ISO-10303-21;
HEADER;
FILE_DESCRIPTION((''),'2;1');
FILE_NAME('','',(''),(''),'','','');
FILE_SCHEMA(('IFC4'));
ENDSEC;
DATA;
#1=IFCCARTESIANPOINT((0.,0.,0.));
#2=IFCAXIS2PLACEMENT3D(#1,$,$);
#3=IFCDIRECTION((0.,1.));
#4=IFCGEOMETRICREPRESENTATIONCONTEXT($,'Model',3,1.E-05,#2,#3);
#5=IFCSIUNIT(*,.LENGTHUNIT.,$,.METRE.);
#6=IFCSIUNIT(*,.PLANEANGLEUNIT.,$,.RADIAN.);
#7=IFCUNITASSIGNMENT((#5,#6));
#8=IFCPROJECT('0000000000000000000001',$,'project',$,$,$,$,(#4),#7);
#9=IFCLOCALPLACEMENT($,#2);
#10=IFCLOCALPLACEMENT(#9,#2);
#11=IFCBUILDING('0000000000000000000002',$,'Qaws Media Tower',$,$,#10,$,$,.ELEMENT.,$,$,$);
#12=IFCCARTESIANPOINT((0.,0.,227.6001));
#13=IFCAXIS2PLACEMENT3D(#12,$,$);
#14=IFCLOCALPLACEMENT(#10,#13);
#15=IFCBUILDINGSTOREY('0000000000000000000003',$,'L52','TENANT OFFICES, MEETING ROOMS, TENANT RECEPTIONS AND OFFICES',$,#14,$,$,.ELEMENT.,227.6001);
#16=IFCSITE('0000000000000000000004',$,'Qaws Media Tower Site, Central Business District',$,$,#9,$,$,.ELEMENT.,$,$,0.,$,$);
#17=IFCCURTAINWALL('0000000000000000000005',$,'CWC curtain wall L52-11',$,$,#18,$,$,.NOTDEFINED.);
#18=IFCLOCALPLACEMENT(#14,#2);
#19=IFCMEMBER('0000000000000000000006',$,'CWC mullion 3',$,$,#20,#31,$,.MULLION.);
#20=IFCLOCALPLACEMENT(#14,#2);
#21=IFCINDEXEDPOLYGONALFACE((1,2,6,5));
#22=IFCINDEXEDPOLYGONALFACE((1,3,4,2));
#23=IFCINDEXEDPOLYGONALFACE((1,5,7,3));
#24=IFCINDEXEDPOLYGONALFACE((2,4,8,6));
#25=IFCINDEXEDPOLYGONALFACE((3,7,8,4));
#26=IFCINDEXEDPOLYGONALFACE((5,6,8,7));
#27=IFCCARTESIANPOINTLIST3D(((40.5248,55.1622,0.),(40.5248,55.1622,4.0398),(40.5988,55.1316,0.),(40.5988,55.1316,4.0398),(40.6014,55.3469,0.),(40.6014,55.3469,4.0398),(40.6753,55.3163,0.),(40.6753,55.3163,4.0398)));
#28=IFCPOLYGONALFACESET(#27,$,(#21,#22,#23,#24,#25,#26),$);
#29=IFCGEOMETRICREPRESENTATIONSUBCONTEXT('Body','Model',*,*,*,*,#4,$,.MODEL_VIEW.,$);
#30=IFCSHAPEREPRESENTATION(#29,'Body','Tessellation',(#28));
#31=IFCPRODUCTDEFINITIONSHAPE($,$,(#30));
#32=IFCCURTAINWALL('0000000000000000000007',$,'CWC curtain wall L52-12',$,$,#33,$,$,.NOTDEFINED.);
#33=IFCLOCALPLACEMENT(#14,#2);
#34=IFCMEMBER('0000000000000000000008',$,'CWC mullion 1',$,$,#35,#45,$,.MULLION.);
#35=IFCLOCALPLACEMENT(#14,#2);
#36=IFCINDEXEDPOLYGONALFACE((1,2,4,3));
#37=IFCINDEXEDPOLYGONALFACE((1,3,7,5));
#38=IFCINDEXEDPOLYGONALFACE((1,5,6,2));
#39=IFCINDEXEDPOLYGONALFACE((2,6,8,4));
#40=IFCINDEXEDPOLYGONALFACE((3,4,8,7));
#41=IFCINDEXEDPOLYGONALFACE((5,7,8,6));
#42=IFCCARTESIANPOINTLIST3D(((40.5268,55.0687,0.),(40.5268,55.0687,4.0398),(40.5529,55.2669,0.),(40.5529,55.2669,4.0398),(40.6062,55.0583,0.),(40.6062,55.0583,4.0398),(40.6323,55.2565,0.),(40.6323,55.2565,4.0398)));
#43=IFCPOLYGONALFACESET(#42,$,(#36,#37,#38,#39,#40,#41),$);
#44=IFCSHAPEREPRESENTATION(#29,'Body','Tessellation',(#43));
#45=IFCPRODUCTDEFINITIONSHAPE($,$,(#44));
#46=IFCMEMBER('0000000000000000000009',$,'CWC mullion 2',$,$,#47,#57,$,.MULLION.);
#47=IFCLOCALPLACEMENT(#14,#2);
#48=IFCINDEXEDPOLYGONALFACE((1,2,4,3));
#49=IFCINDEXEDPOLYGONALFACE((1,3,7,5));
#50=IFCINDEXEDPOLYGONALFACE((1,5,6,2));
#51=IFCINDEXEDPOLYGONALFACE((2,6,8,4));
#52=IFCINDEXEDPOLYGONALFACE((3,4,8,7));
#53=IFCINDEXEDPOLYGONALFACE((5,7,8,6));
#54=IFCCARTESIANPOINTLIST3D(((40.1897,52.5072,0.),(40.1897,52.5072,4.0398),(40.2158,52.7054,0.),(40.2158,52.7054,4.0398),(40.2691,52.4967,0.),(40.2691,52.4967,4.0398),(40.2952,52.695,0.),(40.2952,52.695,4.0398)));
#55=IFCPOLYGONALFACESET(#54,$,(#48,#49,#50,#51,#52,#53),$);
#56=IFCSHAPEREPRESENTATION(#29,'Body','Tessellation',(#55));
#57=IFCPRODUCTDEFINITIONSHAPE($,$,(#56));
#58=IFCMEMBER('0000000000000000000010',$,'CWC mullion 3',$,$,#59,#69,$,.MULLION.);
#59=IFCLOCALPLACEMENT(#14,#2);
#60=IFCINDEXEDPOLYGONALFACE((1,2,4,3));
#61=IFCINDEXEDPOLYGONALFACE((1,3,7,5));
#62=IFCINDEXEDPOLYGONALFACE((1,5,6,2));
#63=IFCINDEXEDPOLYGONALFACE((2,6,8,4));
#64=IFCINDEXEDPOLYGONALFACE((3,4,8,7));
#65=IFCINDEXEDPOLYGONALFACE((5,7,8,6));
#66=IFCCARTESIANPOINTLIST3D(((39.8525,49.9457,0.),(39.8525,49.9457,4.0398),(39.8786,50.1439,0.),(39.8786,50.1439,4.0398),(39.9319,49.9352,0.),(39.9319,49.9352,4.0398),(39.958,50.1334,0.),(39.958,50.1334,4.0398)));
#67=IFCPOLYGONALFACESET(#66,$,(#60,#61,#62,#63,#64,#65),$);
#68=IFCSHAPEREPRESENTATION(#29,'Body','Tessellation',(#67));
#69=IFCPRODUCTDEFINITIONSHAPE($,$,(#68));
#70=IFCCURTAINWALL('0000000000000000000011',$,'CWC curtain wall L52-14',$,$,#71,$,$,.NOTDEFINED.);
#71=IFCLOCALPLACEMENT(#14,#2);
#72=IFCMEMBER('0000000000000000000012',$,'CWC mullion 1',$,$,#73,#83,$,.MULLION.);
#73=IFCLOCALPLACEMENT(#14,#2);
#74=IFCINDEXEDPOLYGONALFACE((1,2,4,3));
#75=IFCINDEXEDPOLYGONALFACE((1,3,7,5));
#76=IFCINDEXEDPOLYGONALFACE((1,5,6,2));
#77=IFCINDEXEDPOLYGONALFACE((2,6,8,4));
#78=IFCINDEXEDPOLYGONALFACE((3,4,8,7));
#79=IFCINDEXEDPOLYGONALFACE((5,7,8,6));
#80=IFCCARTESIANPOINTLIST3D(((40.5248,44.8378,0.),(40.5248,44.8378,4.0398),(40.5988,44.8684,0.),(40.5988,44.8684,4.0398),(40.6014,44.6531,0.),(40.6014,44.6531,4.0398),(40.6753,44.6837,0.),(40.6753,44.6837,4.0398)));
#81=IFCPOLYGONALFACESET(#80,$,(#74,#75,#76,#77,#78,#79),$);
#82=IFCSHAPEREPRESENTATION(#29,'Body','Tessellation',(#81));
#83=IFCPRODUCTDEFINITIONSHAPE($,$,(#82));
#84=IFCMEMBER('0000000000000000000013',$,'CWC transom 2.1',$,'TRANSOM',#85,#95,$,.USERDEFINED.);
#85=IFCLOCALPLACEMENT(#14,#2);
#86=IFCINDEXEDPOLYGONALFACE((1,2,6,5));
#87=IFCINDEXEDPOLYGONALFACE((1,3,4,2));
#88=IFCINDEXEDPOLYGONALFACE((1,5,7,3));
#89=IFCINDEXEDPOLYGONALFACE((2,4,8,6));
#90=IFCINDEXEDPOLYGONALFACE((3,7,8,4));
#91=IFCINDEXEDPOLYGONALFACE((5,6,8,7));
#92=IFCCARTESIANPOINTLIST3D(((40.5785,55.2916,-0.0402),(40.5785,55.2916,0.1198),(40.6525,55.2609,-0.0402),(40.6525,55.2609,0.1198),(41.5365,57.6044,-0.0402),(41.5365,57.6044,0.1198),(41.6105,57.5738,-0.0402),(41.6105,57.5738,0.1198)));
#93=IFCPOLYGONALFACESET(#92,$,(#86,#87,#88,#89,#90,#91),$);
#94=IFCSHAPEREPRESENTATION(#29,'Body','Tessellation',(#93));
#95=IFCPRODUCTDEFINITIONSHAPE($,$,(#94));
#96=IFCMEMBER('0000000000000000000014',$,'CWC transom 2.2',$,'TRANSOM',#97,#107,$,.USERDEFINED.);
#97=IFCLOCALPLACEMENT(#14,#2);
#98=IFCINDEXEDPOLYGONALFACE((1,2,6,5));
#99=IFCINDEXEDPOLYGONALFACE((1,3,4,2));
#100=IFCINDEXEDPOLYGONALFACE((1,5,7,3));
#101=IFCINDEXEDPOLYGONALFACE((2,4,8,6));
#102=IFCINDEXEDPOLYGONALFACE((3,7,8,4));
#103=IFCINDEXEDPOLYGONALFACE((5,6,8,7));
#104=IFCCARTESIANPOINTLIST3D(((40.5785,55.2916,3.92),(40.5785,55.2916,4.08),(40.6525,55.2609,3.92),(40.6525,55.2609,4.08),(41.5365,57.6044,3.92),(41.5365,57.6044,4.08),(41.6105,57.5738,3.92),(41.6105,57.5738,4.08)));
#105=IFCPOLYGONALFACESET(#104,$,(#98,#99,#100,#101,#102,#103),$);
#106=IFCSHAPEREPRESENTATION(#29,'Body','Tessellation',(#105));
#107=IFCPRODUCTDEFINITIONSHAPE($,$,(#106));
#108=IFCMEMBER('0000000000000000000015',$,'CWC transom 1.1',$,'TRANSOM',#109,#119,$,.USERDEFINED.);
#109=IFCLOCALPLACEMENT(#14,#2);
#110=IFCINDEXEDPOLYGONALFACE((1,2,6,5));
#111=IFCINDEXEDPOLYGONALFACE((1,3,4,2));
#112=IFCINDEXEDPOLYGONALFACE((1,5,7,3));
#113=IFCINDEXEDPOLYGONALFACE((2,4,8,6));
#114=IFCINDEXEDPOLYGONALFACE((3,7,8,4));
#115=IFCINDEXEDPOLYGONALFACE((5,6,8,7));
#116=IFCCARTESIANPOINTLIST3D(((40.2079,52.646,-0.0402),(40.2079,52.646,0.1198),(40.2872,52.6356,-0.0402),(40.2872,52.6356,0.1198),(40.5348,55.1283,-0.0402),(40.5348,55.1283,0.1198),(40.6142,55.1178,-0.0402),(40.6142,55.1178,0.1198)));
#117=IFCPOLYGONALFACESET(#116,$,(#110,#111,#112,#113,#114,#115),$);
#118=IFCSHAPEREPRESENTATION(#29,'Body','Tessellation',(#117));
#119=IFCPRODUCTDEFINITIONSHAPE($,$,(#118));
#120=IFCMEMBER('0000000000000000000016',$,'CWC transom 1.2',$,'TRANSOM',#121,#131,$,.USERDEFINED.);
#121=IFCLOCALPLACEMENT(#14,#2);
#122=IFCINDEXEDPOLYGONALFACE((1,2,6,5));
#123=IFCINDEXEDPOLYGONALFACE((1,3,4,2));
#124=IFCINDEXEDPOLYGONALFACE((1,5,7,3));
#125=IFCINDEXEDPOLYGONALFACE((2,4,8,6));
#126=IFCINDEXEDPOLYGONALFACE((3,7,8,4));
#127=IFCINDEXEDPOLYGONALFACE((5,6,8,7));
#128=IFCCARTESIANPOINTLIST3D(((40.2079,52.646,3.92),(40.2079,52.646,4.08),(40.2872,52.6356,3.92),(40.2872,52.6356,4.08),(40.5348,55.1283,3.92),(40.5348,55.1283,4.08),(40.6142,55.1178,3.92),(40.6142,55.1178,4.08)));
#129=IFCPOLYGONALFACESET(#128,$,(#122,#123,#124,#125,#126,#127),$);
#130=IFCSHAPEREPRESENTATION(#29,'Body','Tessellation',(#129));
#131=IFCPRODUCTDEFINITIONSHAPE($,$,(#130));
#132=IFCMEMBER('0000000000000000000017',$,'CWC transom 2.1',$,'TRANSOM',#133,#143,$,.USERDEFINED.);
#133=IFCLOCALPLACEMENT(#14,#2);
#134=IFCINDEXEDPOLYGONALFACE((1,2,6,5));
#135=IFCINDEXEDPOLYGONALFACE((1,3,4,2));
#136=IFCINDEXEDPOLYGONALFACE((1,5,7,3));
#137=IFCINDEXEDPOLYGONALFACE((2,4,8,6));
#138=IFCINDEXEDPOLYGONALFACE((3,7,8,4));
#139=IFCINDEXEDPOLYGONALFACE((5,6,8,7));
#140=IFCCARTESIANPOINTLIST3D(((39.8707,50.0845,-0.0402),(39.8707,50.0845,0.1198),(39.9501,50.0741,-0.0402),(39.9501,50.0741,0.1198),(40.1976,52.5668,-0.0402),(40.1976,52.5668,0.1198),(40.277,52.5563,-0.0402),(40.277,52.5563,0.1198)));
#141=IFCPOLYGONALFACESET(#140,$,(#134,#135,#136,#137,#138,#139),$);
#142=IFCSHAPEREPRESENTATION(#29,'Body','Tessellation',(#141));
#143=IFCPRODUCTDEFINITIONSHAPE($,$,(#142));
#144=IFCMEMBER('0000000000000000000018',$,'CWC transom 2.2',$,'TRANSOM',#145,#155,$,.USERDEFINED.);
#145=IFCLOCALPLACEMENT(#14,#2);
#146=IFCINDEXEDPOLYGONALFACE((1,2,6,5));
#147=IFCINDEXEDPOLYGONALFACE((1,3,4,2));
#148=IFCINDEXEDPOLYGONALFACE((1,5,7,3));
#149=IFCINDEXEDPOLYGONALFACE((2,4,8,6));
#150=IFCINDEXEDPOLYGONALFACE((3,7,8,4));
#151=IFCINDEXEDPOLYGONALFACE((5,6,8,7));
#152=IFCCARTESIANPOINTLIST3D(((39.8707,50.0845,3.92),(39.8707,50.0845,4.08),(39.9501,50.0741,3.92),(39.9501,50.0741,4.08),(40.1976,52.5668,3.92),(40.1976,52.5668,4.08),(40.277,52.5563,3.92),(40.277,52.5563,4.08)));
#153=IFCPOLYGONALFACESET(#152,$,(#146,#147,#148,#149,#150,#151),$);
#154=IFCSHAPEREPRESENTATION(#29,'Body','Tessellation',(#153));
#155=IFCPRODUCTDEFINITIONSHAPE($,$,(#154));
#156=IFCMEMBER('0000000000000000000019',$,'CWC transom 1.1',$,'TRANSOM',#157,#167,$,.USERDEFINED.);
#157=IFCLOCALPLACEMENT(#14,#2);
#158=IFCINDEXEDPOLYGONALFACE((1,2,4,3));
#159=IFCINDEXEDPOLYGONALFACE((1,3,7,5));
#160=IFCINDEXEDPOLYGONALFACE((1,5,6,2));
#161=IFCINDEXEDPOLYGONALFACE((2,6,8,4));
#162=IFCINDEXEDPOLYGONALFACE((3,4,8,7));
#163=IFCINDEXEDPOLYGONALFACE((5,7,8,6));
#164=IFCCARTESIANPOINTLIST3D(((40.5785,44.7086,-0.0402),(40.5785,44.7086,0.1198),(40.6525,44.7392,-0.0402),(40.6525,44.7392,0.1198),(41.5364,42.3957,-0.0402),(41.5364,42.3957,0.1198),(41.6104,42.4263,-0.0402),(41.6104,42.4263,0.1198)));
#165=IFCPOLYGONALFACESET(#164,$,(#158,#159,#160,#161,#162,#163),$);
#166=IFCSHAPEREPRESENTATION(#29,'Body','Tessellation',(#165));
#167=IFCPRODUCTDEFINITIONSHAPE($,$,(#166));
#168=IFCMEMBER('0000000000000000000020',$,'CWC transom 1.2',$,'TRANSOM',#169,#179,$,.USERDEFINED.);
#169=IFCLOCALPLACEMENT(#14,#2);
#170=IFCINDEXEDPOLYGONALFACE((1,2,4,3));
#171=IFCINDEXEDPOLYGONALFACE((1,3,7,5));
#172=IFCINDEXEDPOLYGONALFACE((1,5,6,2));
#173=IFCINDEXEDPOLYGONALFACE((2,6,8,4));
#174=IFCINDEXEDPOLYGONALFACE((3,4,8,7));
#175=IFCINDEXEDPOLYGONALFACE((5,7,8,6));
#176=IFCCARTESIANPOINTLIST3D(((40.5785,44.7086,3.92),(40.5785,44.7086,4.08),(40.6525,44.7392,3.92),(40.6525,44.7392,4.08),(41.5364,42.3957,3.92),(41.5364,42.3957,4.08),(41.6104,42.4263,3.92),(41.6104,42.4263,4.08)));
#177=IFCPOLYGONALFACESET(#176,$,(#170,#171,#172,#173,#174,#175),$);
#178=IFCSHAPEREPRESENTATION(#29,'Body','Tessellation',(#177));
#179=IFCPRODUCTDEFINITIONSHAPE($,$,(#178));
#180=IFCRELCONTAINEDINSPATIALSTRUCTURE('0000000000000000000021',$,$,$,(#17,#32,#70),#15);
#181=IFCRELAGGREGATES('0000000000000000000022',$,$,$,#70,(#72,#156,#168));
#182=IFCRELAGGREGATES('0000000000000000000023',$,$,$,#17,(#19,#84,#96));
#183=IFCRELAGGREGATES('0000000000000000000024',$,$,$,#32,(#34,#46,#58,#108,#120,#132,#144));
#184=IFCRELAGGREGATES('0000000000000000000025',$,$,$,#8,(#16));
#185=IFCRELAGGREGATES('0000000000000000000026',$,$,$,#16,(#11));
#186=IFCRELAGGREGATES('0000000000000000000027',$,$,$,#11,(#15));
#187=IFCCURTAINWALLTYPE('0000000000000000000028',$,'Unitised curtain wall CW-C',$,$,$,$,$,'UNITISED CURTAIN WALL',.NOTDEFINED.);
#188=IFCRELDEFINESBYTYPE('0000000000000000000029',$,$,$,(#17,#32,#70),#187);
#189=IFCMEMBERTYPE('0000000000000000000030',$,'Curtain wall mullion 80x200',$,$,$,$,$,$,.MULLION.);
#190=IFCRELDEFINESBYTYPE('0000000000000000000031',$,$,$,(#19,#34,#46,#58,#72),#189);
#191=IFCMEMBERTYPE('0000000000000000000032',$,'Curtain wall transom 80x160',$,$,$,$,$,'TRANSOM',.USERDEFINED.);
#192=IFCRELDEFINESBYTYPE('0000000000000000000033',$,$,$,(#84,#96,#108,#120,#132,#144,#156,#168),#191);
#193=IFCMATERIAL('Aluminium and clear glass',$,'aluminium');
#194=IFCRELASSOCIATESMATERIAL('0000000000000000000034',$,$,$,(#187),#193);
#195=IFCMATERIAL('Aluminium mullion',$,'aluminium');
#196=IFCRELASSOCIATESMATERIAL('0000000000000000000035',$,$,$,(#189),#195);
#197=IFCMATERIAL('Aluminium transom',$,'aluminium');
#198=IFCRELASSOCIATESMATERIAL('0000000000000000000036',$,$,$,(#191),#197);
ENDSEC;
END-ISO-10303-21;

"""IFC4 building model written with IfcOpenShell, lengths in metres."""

from ifc_helpers import new_model, si_unit, direction, frame, origin, origin_2d, place, context, subcontext, project, spatial, rectangle, extrude, material, material_profile, profile_set, type_object, element, aggregate, save


model = new_model("IFC4")

# Units and contexts
model_context = context("Model", 3, precision=1e-05, world=origin(), true_north=direction((0.0, 1.0)))
body_context = subcontext(model_context, "Body", "Model", "MODEL_VIEW")
ifc_project = project(units=[si_unit("LENGTHUNIT", "METRE"), si_unit("PLANEANGLEUNIT", "RADIAN")], contexts=[model_context])

# Site, building, storey
site_placement = place(None, origin())
site = spatial("IfcSite", under=ifc_project, at=site_placement, Name="Qaws Media Tower Site, Central Business District", CompositionType="ELEMENT", RefElevation=0.0)
building_placement = place(site_placement, origin())
building = spatial("IfcBuilding", under=site, at=building_placement, Name="Qaws Media Tower", CompositionType="ELEMENT")
storey_placement = place(building_placement, frame((0.0, 0.0, 227.6001)))
storey = spatial("IfcBuildingStorey", under=building, at=storey_placement, Name="L52", Description="TENANT OFFICES, MEETING ROOMS, TENANT RECEPTIONS AND OFFICES", CompositionType="ELEMENT", Elevation=227.6001)

# Curtain wall, member
ifc_material_1 = material(Name="Aluminium and clear glass", Category="aluminium")
curtain_wall_type = type_object("IfcCurtainWallType", Name="Unitised curtain wall CW-C", ElementType="UNITISED CURTAIN WALL", PredefinedType="NOTDEFINED", material=ifc_material_1)
curtain_wall_1_placement = place(storey_placement, origin())
curtain_wall_1 = element("IfcCurtainWall", 1, at=curtain_wall_1_placement, inside=storey, type_object=curtain_wall_type, Name="CWC curtain wall L52-11", PredefinedType="NOTDEFINED")
ifc_material_2 = material(Name="Aluminium mullion", Category="aluminium")
ifc_material_profile_1 = material_profile(ifc_material_2, rectangle(XDim=0.0801, YDim=0.2, at=origin_2d()), Name="80x200")
ifc_profile_set_1 = profile_set([ifc_material_profile_1], Name="Aluminium mullion")
member_type_1 = type_object("IfcMemberType", Name="Curtain wall mullion 80x200", PredefinedType="MULLION", material=ifc_profile_set_1)
member_1_placement = place(storey_placement, frame((40.6001, 55.2393, 0.0), z_axis=(0.0, 0.0, 1.0), x_axis=(0.92388, -0.382683, 0.0)))
member_1 = element("IfcMember", 2, at=member_1_placement, type_object=member_type_1, Name="CWC mullion 3", PredefinedType="MULLION", context=body_context, shape_type="SweptSolid", body=[
    extrude(rectangle(XDim=0.0801, YDim=0.2, at=origin_2d()), origin(), (0.0, 0.0, 1.0), 4.0398),
])

# Curtain wall, members
curtain_wall_2_placement = place(storey_placement, origin())
curtain_wall_2 = element("IfcCurtainWall", 3, at=curtain_wall_2_placement, inside=storey, type_object=curtain_wall_type, Name="CWC curtain wall L52-12", PredefinedType="NOTDEFINED")
member_2_placement = place(storey_placement, frame((40.5796, 55.1626, 0.0), z_axis=(0.0, 0.0, 1.0), x_axis=(0.991445, -0.130526, 0.0)))
member_2 = element("IfcMember", 4, at=member_2_placement, type_object=member_type_1, Name="CWC mullion 1", PredefinedType="MULLION", context=body_context, shape_type="SweptSolid", body=[
    extrude(rectangle(XDim=0.0801, YDim=0.2, at=origin_2d()), origin(), (0.0, 0.0, 1.0), 4.0398),
])
member_3_placement = place(storey_placement, frame((40.2424, 52.6011, 0.0), z_axis=(0.0, 0.0, 1.0), x_axis=(0.991445, -0.130526, 0.0)))
member_3 = element("IfcMember", 5, at=member_3_placement, type_object=member_type_1, Name="CWC mullion 2", PredefinedType="MULLION", context=body_context, shape_type="SweptSolid", body=[
    extrude(rectangle(XDim=0.0801, YDim=0.2, at=origin_2d()), origin(), (0.0, 0.0, 1.0), 4.0398),
])
member_4_placement = place(storey_placement, frame((39.9053, 50.0396, 0.0), z_axis=(0.0, 0.0, 1.0), x_axis=(0.991445, -0.130526, 0.0)))
member_4 = element("IfcMember", 6, at=member_4_placement, type_object=member_type_1, Name="CWC mullion 3", PredefinedType="MULLION", context=body_context, shape_type="SweptSolid", body=[
    extrude(rectangle(XDim=0.0801, YDim=0.2, at=origin_2d()), origin(), (0.0, 0.0, 1.0), 4.0398),
])

# Curtain wall, member
curtain_wall_3_placement = place(storey_placement, origin())
curtain_wall_3 = element("IfcCurtainWall", 7, at=curtain_wall_3_placement, inside=storey, type_object=curtain_wall_type, Name="CWC curtain wall L52-14", PredefinedType="NOTDEFINED")
member_5_placement = place(storey_placement, frame((40.6001, 44.7607, 0.0), z_axis=(0.0, 0.0, 1.0), x_axis=(0.92388, 0.382683, 0.0)))
member_5 = element("IfcMember", 8, at=member_5_placement, type_object=member_type_1, Name="CWC mullion 1", PredefinedType="MULLION", context=body_context, shape_type="SweptSolid", body=[
    extrude(rectangle(XDim=0.0801, YDim=0.2, at=origin_2d()), origin(), (0.0, 0.0, 1.0), 4.0398),
])

# Members
ifc_material_3 = material(Name="Aluminium transom", Category="aluminium")
ifc_material_profile_2 = material_profile(ifc_material_3, rectangle(XDim=0.0801, YDim=0.1599, at=origin_2d()), Name="80x160")
ifc_profile_set_2 = profile_set([ifc_material_profile_2], Name="Aluminium transom")
member_type_2 = type_object("IfcMemberType", Name="Curtain wall transom 80x160", ElementType="TRANSOM", PredefinedType="USERDEFINED", material=ifc_profile_set_2)
member_6_placement = place(storey_placement, frame((41.5735, 57.5891, 0.0398), z_axis=(-0.382662, -0.923888, 0.0), x_axis=(0.923888, -0.382662, 0.0)))
member_6 = element("IfcMember", 9, at=member_6_placement, type_object=member_type_2, Name="CWC transom 2.1", ObjectType="TRANSOM", PredefinedType="USERDEFINED", context=body_context, shape_type="SweptSolid", body=[
    extrude(rectangle(XDim=0.0801, YDim=0.1599, at=origin_2d()), origin(), (0.0, 0.0, 1.0), 2.5034),
])
member_7_placement = place(storey_placement, frame((41.5735, 57.5891, 4.0), z_axis=(-0.382662, -0.923888, 0.0), x_axis=(0.923888, -0.382662, 0.0)))
member_7 = element("IfcMember", 10, at=member_7_placement, type_object=member_type_2, Name="CWC transom 2.2", ObjectType="TRANSOM", PredefinedType="USERDEFINED", context=body_context, shape_type="SweptSolid", body=[
    extrude(rectangle(XDim=0.0801, YDim=0.1599, at=origin_2d()), origin(), (0.0, 0.0, 1.0), 2.5034),
])
member_8_placement = place(storey_placement, frame((40.5745, 55.123, 0.0398), z_axis=(-0.130573, -0.991439, 0.0), x_axis=(0.991439, -0.130573, 0.0)))
member_8 = element("IfcMember", 11, at=member_8_placement, type_object=member_type_2, Name="CWC transom 1.1", ObjectType="TRANSOM", PredefinedType="USERDEFINED", context=body_context, shape_type="SweptSolid", body=[
    extrude(rectangle(XDim=0.0801, YDim=0.1599, at=origin_2d()), origin(), (0.0, 0.0, 1.0), 2.5037),
])
member_9_placement = place(storey_placement, frame((40.5745, 55.123, 4.0), z_axis=(-0.130573, -0.991439, 0.0), x_axis=(0.991439, -0.130573, 0.0)))
member_9 = element("IfcMember", 12, at=member_9_placement, type_object=member_type_2, Name="CWC transom 1.2", ObjectType="TRANSOM", PredefinedType="USERDEFINED", context=body_context, shape_type="SweptSolid", body=[
    extrude(rectangle(XDim=0.0801, YDim=0.1599, at=origin_2d()), origin(), (0.0, 0.0, 1.0), 2.5037),
])
member_10_placement = place(storey_placement, frame((40.2373, 52.5615, 0.0398), z_axis=(-0.130573, -0.991439, 0.0), x_axis=(0.991439, -0.130573, 0.0)))
member_10 = element("IfcMember", 13, at=member_10_placement, type_object=member_type_2, Name="CWC transom 2.1", ObjectType="TRANSOM", PredefinedType="USERDEFINED", context=body_context, shape_type="SweptSolid", body=[
    extrude(rectangle(XDim=0.0801, YDim=0.1599, at=origin_2d()), origin(), (0.0, 0.0, 1.0), 2.5037),
])
member_11_placement = place(storey_placement, frame((40.2373, 52.5615, 4.0), z_axis=(-0.130573, -0.991439, 0.0), x_axis=(0.991439, -0.130573, 0.0)))
member_11 = element("IfcMember", 14, at=member_11_placement, type_object=member_type_2, Name="CWC transom 2.2", ObjectType="TRANSOM", PredefinedType="USERDEFINED", context=body_context, shape_type="SweptSolid", body=[
    extrude(rectangle(XDim=0.0801, YDim=0.1599, at=origin_2d()), origin(), (0.0, 0.0, 1.0), 2.5037),
])
member_12_placement = place(storey_placement, frame((40.6155, 44.7239, 0.0398), z_axis=(0.382662, -0.923888, 0.0), x_axis=(0.923888, 0.382662, 0.0)))
member_12 = element("IfcMember", 15, at=member_12_placement, type_object=member_type_2, Name="CWC transom 1.1", ObjectType="TRANSOM", PredefinedType="USERDEFINED", context=body_context, shape_type="SweptSolid", body=[
    extrude(rectangle(XDim=0.0801, YDim=0.1599, at=origin_2d()), origin(), (0.0, 0.0, 1.0), 2.5034),
])
member_13_placement = place(storey_placement, frame((40.6155, 44.7239, 4.0), z_axis=(0.382662, -0.923888, 0.0), x_axis=(0.923888, 0.382662, 0.0)))
member_13 = element("IfcMember", 16, at=member_13_placement, type_object=member_type_2, Name="CWC transom 1.2", ObjectType="TRANSOM", PredefinedType="USERDEFINED", context=body_context, shape_type="SweptSolid", body=[
    extrude(rectangle(XDim=0.0801, YDim=0.1599, at=origin_2d()), origin(), (0.0, 0.0, 1.0), 2.5034),
])
aggregate(curtain_wall_3, [member_5, member_12, member_13])

aggregate(curtain_wall_1, [member_1, member_6, member_7])
aggregate(curtain_wall_2, [member_2, member_3, member_4, member_8, member_9, member_10, member_11])

save(model, "model.ifc")
